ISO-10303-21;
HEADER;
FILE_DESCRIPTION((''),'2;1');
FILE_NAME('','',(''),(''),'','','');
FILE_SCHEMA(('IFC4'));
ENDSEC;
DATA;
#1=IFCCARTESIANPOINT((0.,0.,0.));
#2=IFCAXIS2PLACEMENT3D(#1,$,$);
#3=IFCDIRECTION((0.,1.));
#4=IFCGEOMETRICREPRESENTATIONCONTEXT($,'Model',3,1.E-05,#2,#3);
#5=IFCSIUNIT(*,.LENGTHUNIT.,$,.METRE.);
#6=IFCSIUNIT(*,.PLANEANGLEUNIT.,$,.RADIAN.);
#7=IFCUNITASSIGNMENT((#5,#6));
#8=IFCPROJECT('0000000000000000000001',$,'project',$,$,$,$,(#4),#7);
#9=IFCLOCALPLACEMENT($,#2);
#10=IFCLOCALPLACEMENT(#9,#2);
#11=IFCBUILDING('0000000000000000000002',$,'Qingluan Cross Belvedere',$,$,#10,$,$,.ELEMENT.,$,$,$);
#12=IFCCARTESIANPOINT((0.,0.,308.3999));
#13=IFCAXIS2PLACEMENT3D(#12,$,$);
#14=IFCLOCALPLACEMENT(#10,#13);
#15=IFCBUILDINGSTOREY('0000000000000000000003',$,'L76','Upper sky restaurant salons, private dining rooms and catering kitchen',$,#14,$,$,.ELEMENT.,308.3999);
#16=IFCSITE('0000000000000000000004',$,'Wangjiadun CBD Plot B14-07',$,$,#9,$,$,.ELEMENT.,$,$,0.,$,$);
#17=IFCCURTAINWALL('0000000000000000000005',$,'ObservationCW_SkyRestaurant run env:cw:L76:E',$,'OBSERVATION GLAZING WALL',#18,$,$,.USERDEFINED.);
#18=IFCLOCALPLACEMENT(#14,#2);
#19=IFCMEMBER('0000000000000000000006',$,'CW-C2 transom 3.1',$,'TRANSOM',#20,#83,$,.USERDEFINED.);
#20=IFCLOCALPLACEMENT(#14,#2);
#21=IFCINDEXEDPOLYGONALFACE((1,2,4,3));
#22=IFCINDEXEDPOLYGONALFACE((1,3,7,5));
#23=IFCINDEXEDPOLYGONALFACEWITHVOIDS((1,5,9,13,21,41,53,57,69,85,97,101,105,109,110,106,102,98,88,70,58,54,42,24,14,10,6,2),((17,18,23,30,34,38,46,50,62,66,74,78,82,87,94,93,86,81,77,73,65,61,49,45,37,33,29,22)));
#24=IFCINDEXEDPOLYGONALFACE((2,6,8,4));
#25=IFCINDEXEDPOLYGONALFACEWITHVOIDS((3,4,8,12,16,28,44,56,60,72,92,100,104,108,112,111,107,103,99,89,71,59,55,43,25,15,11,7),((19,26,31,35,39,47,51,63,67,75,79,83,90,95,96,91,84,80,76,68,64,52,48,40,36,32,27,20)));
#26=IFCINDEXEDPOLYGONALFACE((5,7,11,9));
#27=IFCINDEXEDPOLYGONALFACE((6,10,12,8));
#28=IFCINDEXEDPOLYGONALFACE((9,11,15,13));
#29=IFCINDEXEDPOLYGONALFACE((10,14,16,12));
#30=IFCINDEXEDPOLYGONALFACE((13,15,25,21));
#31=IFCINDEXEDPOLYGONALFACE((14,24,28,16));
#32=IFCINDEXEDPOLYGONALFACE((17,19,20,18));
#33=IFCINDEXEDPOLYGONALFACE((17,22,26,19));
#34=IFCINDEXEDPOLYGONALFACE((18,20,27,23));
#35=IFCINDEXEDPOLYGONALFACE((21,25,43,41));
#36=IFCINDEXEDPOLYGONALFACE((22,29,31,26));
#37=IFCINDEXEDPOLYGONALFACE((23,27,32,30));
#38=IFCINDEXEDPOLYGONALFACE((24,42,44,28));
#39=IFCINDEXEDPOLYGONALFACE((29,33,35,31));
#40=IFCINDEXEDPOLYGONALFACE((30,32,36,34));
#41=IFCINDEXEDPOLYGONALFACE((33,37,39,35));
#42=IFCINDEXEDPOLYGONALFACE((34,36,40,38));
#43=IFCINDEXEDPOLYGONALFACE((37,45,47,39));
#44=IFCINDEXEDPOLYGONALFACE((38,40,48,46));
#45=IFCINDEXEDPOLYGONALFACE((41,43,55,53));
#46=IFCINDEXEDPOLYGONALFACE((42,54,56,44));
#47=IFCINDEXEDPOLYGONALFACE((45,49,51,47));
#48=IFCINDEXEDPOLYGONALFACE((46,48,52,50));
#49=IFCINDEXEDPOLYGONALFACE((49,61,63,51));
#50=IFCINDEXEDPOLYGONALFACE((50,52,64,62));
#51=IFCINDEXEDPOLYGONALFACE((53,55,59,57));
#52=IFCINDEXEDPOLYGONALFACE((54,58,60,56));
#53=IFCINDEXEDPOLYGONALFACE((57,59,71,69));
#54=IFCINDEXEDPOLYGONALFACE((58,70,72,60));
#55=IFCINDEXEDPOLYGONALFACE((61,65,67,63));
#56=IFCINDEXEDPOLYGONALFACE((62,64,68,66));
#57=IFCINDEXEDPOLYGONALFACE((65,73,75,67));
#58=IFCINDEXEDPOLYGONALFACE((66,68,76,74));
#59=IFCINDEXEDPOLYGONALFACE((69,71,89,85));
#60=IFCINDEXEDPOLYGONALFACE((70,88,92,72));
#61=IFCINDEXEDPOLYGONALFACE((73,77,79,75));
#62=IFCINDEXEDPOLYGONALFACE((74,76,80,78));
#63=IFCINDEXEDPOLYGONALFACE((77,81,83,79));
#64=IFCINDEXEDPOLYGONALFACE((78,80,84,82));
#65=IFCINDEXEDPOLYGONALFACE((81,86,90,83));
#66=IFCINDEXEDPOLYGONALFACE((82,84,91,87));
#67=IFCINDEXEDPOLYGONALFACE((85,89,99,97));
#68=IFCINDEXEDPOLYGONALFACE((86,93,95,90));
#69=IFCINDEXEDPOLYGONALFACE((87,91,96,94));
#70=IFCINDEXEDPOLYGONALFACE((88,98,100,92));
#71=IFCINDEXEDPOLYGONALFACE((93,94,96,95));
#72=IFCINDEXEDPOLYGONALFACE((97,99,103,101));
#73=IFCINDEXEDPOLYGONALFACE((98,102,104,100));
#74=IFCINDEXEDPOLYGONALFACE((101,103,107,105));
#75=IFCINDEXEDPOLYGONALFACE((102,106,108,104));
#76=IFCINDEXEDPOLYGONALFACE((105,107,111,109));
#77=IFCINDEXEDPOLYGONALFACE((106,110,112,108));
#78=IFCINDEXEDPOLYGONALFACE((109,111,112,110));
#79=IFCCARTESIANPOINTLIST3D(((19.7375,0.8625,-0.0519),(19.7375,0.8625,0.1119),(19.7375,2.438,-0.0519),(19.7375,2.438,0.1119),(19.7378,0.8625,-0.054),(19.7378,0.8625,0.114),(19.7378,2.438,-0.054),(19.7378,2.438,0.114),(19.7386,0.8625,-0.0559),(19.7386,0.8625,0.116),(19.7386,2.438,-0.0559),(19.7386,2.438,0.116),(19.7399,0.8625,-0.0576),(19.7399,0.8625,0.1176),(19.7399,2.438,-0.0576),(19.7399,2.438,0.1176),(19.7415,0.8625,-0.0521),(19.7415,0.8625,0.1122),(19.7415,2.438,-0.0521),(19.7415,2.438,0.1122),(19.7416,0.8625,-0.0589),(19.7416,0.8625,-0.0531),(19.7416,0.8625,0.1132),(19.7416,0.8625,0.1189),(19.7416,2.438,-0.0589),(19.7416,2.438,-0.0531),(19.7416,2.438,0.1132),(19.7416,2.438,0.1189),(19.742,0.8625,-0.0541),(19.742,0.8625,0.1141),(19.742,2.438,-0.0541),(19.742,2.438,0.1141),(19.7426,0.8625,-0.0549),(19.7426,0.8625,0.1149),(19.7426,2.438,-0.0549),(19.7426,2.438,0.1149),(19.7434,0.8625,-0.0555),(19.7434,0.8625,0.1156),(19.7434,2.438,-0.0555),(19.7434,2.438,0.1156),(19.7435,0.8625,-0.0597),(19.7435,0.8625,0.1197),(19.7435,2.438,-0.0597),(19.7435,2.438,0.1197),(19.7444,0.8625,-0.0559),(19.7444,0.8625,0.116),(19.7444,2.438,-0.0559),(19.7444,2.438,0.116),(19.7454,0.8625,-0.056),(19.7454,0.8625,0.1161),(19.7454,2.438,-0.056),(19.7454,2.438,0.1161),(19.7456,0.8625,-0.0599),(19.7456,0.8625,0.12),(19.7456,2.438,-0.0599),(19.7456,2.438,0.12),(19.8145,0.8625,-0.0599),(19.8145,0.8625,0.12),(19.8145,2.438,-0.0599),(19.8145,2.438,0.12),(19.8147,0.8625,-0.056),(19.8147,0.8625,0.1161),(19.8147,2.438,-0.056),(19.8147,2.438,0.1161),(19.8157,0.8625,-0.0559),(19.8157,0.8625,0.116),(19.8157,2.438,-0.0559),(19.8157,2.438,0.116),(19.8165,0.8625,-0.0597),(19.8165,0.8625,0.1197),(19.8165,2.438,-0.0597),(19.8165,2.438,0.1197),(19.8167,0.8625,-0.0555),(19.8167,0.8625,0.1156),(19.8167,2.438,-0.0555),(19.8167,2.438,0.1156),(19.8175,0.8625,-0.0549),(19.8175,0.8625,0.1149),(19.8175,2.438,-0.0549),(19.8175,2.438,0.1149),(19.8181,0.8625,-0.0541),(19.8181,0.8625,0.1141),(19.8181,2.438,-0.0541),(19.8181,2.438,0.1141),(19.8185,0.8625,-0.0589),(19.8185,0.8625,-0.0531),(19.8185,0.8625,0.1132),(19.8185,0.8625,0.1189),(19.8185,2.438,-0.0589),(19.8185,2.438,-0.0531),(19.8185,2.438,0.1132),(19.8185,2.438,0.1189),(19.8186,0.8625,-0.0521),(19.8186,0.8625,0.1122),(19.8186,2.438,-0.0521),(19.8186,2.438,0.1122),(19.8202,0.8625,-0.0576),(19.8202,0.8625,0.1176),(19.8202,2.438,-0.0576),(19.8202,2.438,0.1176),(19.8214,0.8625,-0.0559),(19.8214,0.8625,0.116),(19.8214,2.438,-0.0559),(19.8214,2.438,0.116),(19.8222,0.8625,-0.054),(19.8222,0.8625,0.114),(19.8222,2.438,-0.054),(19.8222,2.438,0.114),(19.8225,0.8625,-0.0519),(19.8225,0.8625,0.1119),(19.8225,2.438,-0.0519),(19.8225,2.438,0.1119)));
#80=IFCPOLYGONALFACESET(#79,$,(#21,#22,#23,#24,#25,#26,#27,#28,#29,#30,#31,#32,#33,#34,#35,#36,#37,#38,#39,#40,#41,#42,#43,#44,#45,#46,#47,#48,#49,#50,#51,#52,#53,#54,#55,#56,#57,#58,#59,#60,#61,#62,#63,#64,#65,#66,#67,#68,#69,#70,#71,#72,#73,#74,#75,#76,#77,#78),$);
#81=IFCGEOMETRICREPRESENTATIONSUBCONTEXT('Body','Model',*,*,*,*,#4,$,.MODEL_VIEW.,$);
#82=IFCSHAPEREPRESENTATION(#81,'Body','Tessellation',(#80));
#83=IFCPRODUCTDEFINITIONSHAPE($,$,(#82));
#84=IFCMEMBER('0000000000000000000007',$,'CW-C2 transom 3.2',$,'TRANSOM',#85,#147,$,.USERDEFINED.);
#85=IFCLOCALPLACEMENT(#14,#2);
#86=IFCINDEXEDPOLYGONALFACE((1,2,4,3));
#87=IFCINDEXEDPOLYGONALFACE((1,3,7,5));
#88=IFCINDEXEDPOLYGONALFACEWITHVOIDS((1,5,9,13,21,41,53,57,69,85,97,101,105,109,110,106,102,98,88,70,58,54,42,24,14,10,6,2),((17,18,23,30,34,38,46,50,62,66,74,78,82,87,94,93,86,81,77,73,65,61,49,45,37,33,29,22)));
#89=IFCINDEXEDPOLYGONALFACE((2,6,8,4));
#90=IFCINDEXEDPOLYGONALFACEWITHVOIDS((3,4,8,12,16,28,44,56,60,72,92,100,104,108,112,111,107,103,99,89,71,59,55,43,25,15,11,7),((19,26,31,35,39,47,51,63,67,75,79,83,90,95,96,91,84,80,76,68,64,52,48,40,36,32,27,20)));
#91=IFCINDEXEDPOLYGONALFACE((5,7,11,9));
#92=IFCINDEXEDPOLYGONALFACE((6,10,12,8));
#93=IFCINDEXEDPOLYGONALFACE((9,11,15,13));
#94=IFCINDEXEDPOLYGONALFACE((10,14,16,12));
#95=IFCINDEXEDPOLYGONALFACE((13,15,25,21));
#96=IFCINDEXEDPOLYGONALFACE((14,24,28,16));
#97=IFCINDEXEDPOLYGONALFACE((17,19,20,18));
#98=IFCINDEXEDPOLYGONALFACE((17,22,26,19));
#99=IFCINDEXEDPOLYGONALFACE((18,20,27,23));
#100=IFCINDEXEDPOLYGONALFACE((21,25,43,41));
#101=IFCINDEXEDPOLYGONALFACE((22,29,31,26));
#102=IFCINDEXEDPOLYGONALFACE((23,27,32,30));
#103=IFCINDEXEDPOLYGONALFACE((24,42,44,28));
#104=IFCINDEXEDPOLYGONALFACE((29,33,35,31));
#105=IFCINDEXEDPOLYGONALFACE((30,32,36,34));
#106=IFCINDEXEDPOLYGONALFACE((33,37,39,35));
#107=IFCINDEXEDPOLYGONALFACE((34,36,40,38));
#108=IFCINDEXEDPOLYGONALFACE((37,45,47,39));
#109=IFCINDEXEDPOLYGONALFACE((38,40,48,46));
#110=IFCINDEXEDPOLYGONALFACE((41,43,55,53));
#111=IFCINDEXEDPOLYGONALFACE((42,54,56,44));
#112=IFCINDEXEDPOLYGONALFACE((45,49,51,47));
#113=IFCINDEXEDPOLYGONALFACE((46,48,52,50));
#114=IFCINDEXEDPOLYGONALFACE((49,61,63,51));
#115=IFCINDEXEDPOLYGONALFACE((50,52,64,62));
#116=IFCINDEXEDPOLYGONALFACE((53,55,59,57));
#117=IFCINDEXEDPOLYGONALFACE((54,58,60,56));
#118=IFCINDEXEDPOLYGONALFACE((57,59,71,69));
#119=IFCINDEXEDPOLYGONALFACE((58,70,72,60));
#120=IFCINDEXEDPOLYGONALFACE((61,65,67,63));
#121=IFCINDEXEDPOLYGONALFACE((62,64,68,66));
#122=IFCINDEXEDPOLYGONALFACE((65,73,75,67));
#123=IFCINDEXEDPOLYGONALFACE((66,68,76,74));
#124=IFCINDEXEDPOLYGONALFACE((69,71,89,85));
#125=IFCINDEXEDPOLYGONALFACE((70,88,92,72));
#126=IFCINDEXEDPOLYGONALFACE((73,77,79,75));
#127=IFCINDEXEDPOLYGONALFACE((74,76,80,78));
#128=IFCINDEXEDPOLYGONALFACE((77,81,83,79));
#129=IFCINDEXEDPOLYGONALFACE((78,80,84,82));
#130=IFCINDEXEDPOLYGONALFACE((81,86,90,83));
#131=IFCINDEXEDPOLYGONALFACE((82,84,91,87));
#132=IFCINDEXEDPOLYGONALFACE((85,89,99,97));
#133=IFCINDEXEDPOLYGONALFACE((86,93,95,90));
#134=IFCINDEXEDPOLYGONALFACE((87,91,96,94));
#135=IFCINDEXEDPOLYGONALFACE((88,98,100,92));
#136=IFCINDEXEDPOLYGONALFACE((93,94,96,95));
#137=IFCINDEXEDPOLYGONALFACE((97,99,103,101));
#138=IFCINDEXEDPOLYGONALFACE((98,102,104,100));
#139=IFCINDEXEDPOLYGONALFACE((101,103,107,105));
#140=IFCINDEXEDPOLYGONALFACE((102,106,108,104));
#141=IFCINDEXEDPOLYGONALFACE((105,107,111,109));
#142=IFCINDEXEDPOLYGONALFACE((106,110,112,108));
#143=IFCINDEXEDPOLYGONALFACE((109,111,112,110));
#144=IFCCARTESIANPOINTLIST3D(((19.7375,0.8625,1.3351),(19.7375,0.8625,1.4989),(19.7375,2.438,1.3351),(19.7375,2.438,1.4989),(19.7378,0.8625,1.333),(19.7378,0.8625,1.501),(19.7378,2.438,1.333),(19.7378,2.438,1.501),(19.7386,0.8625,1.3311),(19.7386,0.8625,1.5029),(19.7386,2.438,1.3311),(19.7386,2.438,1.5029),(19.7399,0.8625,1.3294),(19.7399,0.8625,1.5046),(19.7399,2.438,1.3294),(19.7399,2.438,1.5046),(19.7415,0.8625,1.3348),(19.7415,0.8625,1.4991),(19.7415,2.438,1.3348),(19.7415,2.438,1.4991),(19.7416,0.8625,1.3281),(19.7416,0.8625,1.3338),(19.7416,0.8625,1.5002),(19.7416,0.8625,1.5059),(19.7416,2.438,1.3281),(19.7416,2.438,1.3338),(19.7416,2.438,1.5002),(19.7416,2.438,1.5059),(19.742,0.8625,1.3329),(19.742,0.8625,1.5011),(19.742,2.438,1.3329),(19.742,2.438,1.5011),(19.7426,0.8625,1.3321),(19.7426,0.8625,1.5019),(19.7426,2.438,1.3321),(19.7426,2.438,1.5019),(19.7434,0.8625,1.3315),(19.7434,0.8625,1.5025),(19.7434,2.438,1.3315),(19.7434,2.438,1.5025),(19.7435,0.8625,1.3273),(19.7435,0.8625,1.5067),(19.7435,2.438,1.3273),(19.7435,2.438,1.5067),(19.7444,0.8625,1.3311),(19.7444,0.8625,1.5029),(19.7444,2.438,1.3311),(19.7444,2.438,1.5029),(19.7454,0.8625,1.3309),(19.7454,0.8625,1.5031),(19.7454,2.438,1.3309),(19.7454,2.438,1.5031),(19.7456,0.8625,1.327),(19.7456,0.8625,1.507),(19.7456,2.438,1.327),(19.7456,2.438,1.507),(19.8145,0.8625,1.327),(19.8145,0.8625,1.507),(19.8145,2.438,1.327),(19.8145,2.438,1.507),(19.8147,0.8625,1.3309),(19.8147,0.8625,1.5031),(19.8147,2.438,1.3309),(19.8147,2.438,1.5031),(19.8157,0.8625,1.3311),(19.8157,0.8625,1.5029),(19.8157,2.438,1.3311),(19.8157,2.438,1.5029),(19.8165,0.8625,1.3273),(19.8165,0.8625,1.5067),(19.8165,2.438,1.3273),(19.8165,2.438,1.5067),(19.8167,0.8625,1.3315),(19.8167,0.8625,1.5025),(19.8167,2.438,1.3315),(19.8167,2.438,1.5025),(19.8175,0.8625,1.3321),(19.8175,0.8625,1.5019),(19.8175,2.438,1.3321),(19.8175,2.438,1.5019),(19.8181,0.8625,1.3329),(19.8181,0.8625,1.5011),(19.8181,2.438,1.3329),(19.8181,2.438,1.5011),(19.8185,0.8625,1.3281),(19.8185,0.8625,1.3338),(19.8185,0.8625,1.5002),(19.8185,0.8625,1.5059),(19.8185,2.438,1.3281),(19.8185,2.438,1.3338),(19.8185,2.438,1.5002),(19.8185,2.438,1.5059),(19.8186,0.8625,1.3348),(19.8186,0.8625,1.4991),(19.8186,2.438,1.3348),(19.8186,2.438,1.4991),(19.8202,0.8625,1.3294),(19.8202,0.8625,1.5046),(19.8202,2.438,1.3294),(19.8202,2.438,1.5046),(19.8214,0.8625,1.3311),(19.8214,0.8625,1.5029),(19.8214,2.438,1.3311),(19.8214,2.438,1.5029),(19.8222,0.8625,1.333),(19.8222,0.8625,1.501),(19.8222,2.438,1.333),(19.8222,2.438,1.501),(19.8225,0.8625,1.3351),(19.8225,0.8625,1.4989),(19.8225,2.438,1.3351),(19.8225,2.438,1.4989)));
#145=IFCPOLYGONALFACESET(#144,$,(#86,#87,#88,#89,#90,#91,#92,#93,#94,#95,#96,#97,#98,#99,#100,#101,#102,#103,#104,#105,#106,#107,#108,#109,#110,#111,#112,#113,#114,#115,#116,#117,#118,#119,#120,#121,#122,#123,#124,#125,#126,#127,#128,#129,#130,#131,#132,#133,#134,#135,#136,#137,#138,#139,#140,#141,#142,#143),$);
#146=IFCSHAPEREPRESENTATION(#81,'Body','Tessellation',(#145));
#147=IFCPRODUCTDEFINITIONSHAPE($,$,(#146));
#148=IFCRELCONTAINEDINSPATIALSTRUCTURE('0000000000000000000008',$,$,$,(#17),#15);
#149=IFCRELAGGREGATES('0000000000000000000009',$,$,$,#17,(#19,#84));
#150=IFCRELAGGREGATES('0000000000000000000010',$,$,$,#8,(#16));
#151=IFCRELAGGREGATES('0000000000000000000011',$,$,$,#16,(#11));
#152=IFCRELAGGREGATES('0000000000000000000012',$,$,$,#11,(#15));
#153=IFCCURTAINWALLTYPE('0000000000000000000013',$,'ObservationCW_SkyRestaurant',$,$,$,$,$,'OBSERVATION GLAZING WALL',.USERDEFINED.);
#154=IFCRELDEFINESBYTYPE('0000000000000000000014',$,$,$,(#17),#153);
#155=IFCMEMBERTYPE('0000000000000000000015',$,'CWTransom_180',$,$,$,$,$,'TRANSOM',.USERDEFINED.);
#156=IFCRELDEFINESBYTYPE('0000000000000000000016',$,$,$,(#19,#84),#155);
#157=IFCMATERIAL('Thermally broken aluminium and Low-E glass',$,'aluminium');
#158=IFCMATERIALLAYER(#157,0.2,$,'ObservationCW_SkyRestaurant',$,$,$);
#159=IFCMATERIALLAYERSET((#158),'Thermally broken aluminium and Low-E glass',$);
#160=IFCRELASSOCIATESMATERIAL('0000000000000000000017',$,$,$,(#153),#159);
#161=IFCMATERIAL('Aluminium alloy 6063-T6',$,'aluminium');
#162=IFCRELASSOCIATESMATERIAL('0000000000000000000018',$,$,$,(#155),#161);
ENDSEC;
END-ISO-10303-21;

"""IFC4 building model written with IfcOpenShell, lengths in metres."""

from ifc_helpers import new_model, si_unit, direction, frame, origin, origin_2d, place, context, subcontext, project, spatial, hollow_rectangle, extrude, material, layer, layer_set, material_profile, profile_set, type_object, element, aggregate, save


model = new_model("IFC4")

# Units and contexts
model_context = context("Model", 3, precision=1e-05, world=origin(), true_north=direction((0.0, 1.0)))
body_context = subcontext(model_context, "Body", "Model", "MODEL_VIEW")
ifc_project = project(units=[si_unit("LENGTHUNIT", "METRE"), si_unit("PLANEANGLEUNIT", "RADIAN")], contexts=[model_context])

# Site, building, storey
site_placement = place(None, origin())
site = spatial("IfcSite", under=ifc_project, at=site_placement, Name="Wangjiadun CBD Plot B14-07", CompositionType="ELEMENT", RefElevation=0.0)
building_placement = place(site_placement, origin())
building = spatial("IfcBuilding", under=site, at=building_placement, Name="Qingluan Cross Belvedere", CompositionType="ELEMENT")
storey_placement = place(building_placement, frame((0.0, 0.0, 308.3999)))
storey = spatial("IfcBuildingStorey", under=building, at=storey_placement, Name="L76", Description="Upper sky restaurant salons, private dining rooms and catering kitchen", CompositionType="ELEMENT", Elevation=308.3999)

# Curtain wall, members
ifc_material_1 = material(Name="Thermally broken aluminium and Low-E glass", Category="aluminium")
ifc_layer_1 = layer(ifc_material_1, 0.2, Name="ObservationCW_SkyRestaurant")
ifc_layer_set_1 = layer_set([ifc_layer_1], Name="Thermally broken aluminium and Low-E glass")
curtain_wall_type = type_object("IfcCurtainWallType", Name="ObservationCW_SkyRestaurant", ElementType="OBSERVATION GLAZING WALL", PredefinedType="USERDEFINED", material=ifc_layer_set_1)
curtain_wall_placement = place(storey_placement, origin())
curtain_wall = element("IfcCurtainWall", 1, at=curtain_wall_placement, inside=storey, type_object=curtain_wall_type, Name="ObservationCW_SkyRestaurant run env:cw:L76:E", ObjectType="OBSERVATION GLAZING WALL", PredefinedType="USERDEFINED")
ifc_material_2 = material(Name="Aluminium alloy 6063-T6", Category="aluminium")
ifc_material_profile_1 = material_profile(ifc_material_2, hollow_rectangle(XDim=0.085, YDim=0.1799, WallThickness=0.0039, InnerFilletRadius=0.0039, OuterFilletRadius=0.0081, at=origin_2d()), Name="CWT180x85x4")
ifc_profile_set_1 = profile_set([ifc_material_profile_1], Name="Aluminium alloy 6063-T6")
member_type_1 = type_object("IfcMemberType", Name="CWTransom_180", ElementType="TRANSOM", PredefinedType="USERDEFINED", material=ifc_profile_set_1)
member_1_placement = place(storey_placement, frame((19.78, 0.8625, 0.03), z_axis=(0.0, 1.0, 0.0), x_axis=(-1.0, 0.0, 0.0)))
member_1 = element("IfcMember", 2, at=member_1_placement, type_object=member_type_1, Name="CW-C2 transom 3.1", ObjectType="TRANSOM", PredefinedType="USERDEFINED", context=body_context, shape_type="SweptSolid", body=[
    extrude(hollow_rectangle(XDim=0.085, YDim=0.1799, WallThickness=0.0039, InnerFilletRadius=0.0039, OuterFilletRadius=0.0081, at=origin_2d()), origin(), (0.0, 0.0, 1.0), 1.5754),
])
member_2_placement = place(storey_placement, frame((19.78, 0.8625, 1.417), z_axis=(0.0, 1.0, 0.0), x_axis=(-1.0, 0.0, 0.0)))
member_2 = element("IfcMember", 3, at=member_2_placement, type_object=member_type_1, Name="CW-C2 transom 3.2", ObjectType="TRANSOM", PredefinedType="USERDEFINED", context=body_context, shape_type="SweptSolid", body=[
    extrude(hollow_rectangle(XDim=0.085, YDim=0.1799, WallThickness=0.0039, InnerFilletRadius=0.0039, OuterFilletRadius=0.0081, at=origin_2d()), origin(), (0.0, 0.0, 1.0), 1.5754),
])
aggregate(curtain_wall, [member_1, member_2])

save(model, "model.ifc")
